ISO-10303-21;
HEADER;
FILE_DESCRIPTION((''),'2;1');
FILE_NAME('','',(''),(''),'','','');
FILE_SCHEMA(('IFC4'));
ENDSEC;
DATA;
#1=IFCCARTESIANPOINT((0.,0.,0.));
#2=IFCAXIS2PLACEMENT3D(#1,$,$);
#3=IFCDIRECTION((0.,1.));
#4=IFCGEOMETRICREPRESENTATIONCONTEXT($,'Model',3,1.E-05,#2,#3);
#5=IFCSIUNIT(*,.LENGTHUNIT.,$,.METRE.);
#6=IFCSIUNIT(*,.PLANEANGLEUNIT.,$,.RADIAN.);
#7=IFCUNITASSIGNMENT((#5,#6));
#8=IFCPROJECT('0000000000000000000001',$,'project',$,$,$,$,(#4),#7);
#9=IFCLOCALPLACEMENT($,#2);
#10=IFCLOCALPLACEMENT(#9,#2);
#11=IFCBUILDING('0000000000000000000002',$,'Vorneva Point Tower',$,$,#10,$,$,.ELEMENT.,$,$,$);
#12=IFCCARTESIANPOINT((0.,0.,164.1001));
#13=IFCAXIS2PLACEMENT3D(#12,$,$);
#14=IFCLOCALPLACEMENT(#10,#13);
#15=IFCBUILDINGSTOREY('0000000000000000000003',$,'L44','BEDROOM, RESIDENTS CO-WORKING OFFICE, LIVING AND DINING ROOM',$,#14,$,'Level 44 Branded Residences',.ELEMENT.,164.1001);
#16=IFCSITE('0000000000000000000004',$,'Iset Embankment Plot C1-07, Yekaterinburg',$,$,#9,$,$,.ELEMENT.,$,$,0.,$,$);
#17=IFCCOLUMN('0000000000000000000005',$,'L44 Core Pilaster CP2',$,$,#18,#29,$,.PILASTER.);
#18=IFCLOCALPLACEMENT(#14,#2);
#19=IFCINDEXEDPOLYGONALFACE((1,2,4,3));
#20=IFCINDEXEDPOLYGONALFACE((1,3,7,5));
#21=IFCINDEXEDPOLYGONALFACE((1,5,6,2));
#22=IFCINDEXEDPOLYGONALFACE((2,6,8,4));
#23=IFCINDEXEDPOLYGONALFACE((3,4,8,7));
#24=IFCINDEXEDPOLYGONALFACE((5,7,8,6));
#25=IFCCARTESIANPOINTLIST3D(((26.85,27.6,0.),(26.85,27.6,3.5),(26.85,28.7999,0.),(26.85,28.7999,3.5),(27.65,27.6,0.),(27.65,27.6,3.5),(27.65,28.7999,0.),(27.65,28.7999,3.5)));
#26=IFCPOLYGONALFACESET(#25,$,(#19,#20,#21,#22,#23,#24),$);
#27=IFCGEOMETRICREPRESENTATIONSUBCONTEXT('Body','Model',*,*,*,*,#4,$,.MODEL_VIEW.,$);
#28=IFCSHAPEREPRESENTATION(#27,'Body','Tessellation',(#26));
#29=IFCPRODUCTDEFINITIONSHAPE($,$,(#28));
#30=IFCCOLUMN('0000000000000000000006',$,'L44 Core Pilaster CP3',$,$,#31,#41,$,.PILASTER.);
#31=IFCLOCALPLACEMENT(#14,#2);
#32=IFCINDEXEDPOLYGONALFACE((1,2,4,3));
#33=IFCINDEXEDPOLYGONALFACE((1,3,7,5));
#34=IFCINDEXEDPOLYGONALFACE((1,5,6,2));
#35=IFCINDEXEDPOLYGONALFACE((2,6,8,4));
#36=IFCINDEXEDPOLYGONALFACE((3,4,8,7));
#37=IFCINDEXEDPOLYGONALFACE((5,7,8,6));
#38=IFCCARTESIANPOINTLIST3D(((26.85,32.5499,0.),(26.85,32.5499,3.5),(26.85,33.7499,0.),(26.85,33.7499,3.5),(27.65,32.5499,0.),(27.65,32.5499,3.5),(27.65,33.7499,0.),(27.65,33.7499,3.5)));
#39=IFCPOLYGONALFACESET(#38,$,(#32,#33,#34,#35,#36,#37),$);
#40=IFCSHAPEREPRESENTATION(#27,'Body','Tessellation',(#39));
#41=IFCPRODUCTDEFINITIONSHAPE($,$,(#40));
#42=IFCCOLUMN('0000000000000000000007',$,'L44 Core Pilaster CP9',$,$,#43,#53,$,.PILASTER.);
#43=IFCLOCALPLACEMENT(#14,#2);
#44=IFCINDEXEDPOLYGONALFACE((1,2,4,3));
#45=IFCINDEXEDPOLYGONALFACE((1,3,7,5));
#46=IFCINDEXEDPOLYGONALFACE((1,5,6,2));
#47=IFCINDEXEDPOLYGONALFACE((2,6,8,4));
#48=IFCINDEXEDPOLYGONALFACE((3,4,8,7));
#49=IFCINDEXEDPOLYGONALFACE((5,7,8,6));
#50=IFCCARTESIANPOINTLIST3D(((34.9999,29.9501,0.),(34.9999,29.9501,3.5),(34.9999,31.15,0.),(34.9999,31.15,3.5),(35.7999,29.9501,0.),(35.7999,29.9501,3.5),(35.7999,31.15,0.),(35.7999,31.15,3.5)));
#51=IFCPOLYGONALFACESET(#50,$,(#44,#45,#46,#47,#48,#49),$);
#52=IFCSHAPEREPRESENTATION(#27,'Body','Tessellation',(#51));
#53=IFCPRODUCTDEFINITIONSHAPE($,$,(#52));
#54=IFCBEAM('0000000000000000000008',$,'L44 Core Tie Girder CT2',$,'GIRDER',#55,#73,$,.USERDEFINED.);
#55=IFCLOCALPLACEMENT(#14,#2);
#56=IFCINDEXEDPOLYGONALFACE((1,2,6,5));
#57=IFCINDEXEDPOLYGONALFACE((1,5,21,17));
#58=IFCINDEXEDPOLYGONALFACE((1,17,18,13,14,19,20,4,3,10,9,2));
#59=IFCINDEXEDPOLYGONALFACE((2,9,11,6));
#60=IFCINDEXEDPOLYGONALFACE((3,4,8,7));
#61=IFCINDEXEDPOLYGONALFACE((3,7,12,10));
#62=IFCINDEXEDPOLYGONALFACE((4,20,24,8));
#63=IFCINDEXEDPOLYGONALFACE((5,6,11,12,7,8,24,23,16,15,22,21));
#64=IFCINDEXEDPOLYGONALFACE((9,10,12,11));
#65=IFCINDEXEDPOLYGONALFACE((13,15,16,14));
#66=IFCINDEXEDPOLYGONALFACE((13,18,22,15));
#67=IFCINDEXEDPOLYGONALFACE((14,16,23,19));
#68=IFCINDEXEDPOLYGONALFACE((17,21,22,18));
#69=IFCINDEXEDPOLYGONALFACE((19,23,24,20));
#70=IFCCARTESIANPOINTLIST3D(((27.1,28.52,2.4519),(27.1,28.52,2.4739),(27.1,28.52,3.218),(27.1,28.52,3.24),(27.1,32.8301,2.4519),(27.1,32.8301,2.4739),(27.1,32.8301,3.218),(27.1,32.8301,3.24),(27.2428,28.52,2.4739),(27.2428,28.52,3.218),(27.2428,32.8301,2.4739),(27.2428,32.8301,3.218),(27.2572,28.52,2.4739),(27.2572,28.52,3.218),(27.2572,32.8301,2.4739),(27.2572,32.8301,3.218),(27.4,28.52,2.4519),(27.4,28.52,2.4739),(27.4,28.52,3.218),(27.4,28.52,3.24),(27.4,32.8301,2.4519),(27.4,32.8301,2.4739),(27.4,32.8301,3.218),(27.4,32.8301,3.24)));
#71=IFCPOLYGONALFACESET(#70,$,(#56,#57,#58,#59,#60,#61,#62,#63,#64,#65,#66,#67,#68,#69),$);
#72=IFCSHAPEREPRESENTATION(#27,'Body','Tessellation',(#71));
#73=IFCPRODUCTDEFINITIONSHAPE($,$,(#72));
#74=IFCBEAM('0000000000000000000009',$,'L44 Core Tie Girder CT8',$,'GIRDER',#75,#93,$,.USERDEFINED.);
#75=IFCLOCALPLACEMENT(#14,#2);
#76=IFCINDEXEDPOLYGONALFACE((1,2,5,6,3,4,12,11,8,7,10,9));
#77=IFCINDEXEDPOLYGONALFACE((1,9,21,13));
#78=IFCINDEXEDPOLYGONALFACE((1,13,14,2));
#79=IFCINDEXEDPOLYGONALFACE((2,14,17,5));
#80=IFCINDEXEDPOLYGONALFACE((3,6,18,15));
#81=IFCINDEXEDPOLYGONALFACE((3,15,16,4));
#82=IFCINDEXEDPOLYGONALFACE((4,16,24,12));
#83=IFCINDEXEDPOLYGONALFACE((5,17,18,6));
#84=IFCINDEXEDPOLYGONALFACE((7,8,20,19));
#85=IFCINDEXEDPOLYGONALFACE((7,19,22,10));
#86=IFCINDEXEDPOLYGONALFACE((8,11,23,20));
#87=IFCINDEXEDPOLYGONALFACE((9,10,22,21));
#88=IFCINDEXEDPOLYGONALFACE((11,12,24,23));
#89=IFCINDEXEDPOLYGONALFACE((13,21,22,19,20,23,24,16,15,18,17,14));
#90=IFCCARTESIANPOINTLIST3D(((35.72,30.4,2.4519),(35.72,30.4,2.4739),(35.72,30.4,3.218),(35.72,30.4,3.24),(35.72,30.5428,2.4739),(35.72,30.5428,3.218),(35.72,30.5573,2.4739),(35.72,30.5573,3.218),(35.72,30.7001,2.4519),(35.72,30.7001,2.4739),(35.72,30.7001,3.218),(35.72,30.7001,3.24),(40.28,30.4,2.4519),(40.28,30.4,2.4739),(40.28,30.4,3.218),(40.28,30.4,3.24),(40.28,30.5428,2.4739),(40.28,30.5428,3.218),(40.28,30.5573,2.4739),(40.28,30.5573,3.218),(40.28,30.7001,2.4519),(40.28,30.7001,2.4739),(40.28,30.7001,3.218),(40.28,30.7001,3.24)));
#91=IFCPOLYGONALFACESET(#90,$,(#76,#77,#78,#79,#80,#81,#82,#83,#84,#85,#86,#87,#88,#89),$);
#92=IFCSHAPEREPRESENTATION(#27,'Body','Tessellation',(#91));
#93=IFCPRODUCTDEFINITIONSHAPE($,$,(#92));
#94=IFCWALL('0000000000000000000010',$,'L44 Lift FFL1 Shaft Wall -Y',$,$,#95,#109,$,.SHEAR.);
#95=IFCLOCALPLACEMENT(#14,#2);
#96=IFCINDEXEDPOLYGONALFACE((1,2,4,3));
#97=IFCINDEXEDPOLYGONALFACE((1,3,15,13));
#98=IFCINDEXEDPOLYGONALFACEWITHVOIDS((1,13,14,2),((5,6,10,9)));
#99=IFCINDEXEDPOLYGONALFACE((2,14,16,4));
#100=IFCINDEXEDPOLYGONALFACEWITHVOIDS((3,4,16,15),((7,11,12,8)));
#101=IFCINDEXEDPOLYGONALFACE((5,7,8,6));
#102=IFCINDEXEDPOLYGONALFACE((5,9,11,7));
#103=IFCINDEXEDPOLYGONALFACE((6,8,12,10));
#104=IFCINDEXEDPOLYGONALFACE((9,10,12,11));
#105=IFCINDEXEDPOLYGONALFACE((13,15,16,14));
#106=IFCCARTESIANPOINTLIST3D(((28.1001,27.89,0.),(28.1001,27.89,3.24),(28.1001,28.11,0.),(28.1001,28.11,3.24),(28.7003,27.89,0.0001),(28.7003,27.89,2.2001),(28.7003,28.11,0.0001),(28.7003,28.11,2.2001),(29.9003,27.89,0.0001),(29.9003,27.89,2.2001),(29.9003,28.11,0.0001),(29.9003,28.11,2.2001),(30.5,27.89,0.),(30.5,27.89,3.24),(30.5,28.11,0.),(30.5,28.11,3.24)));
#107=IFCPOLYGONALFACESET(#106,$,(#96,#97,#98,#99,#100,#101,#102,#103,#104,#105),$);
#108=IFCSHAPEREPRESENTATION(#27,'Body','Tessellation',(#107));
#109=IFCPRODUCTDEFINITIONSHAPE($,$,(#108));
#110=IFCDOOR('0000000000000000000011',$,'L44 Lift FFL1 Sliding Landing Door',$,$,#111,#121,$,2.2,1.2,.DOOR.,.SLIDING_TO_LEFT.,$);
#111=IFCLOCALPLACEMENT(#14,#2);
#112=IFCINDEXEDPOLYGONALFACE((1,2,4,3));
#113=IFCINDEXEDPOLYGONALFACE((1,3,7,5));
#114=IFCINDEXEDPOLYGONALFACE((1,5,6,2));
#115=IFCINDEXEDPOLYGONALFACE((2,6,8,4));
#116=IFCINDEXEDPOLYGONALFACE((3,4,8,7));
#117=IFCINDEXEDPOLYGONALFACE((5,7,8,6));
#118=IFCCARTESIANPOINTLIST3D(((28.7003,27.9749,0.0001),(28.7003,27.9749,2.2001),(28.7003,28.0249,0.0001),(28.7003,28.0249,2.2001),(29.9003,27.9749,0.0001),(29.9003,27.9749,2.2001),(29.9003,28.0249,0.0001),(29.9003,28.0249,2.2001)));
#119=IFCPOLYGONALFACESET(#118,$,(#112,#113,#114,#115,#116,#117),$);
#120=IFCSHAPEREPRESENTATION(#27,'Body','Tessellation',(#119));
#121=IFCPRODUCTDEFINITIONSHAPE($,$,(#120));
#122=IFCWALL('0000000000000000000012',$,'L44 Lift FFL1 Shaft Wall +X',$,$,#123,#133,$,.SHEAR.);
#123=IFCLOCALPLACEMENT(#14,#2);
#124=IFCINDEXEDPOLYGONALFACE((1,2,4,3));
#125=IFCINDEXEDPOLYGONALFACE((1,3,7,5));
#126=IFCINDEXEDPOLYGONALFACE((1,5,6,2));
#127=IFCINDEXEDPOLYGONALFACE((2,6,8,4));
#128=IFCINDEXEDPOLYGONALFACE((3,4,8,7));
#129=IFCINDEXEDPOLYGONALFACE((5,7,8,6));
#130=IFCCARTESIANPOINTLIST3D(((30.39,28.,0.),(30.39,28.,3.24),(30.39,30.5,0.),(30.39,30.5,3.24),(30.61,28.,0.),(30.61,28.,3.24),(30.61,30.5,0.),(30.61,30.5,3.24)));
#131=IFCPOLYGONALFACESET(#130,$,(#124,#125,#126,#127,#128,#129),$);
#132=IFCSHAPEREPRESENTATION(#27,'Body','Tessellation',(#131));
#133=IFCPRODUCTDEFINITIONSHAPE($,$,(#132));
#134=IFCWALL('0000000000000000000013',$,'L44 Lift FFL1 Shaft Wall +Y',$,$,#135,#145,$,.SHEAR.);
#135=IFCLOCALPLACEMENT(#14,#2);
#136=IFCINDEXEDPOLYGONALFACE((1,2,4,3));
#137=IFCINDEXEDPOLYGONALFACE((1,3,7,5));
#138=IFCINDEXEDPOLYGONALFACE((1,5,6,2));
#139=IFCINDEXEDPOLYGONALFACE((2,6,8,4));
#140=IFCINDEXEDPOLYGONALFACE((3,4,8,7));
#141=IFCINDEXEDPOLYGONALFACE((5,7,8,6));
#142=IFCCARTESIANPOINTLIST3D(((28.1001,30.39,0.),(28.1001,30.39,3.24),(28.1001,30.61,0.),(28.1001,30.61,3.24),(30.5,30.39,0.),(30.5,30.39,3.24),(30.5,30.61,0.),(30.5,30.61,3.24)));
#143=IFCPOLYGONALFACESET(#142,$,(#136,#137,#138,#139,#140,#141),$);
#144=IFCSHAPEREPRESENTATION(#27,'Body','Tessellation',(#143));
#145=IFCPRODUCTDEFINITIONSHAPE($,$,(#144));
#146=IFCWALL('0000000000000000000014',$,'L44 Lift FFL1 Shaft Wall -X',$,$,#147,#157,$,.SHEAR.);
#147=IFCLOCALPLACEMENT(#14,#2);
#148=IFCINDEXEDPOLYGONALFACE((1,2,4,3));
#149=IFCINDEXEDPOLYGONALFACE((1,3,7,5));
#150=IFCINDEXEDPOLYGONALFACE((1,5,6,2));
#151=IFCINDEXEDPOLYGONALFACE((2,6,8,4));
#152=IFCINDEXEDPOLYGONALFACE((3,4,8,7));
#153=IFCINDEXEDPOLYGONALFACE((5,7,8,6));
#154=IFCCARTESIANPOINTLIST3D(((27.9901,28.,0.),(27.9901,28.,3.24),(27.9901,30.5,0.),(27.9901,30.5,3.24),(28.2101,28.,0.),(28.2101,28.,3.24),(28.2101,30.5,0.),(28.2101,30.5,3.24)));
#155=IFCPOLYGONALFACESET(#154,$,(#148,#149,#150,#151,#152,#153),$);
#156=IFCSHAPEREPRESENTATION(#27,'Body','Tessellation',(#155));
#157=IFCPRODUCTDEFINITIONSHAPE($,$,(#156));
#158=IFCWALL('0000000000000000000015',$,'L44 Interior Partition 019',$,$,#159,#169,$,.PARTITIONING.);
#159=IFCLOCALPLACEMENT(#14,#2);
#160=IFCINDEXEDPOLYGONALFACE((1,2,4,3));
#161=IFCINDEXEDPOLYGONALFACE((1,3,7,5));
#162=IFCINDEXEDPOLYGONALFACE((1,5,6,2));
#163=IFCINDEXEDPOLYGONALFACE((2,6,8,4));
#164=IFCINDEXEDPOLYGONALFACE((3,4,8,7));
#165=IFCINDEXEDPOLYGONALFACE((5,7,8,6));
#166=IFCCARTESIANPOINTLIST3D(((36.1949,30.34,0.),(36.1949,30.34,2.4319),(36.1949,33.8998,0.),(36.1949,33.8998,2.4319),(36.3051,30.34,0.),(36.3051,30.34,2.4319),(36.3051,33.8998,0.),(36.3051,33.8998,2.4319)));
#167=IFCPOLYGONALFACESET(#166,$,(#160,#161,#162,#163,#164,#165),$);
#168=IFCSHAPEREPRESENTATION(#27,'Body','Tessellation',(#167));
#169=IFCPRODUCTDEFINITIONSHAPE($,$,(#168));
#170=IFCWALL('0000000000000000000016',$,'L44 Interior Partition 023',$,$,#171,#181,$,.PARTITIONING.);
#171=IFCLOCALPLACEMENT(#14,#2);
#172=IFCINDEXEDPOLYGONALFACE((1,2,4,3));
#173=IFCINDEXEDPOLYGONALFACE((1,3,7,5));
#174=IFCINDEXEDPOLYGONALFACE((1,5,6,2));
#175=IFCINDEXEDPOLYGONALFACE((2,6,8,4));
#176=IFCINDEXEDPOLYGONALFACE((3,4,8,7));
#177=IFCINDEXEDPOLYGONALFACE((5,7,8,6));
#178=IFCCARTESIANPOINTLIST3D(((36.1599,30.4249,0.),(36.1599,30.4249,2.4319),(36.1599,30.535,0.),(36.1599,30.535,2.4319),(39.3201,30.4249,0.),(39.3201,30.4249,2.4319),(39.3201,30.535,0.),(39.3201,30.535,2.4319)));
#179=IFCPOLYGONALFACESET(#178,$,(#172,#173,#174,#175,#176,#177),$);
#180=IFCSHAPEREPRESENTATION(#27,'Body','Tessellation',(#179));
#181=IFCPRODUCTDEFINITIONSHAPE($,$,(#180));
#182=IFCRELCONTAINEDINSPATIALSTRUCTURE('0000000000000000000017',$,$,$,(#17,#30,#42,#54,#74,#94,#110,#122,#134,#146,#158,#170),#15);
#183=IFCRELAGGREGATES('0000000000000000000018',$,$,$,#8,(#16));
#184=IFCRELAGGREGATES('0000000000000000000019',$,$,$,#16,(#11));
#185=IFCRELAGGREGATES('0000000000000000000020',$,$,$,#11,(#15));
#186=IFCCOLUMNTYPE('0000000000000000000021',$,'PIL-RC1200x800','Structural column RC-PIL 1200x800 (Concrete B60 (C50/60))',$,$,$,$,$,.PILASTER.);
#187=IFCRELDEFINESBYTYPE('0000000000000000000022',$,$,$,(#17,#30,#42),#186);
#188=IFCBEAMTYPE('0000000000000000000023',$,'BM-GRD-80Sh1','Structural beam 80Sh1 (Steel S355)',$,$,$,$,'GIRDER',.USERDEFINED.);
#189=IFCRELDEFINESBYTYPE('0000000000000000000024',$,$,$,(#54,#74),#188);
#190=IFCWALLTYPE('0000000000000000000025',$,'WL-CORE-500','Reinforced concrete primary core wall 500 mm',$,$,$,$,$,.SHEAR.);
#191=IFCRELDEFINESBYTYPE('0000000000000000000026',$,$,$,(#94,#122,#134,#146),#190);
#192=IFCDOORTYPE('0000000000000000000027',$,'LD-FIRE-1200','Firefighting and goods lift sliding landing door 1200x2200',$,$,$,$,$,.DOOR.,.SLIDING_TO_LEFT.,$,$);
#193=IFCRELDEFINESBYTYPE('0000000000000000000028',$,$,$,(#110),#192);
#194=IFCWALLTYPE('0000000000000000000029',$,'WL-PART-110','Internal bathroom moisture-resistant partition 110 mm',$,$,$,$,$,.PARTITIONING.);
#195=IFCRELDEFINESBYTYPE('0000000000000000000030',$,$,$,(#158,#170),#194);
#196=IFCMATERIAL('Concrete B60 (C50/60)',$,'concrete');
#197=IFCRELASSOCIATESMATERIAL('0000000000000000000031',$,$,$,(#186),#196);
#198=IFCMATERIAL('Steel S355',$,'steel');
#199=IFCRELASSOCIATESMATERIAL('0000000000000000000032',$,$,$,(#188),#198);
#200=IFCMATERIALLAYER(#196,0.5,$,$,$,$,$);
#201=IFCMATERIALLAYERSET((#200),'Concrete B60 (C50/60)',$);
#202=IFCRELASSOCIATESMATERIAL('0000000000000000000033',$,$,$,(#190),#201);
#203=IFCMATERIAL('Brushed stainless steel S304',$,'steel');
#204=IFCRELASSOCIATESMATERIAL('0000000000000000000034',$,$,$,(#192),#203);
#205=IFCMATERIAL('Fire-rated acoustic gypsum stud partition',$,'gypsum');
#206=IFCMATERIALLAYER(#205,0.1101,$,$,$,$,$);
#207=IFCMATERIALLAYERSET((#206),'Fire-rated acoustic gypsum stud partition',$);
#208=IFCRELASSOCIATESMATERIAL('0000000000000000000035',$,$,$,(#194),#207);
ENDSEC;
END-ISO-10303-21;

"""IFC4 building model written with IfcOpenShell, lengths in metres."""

from ifc_helpers import new_model, si_unit, direction, frame, frame_2d, origin, origin_2d, place, context, subcontext, project, spatial, rectangle, i_section, extrude, material, layer, layer_set, material_profile, profile_set, type_object, element, fill, save


model = new_model("IFC4")

# Units and contexts
model_context = context("Model", 3, precision=1e-05, world=origin(), true_north=direction((0.0, 1.0)))
body_context = subcontext(model_context, "Body", "Model", "MODEL_VIEW")
ifc_project = project(units=[si_unit("LENGTHUNIT", "METRE"), si_unit("PLANEANGLEUNIT", "RADIAN")], contexts=[model_context])

# Site, building, storey
site_placement = place(None, origin())
site = spatial("IfcSite", under=ifc_project, at=site_placement, Name="Iset Embankment Plot C1-07, Yekaterinburg", CompositionType="ELEMENT", RefElevation=0.0)
building_placement = place(site_placement, origin())
building = spatial("IfcBuilding", under=site, at=building_placement, Name="Vorneva Point Tower", CompositionType="ELEMENT")
storey_placement = place(building_placement, frame((0.0, 0.0, 164.1001)))
storey = spatial("IfcBuildingStorey", under=building, at=storey_placement, Name="L44", Description="BEDROOM, RESIDENTS CO-WORKING OFFICE, LIVING AND DINING ROOM", LongName="Level 44 Branded Residences", CompositionType="ELEMENT", Elevation=164.1001)

# Columns
ifc_material_1 = material(Name="Concrete B60 (C50/60)", Category="concrete")
ifc_material_profile_1 = material_profile(ifc_material_1, rectangle(XDim=0.8, YDim=1.2, at=origin_2d()), Name="RC-PIL 1200x800")
ifc_profile_set_1 = profile_set([ifc_material_profile_1], Name="Concrete B60 (C50/60)")
column_type = type_object("IfcColumnType", Name="PIL-RC1200x800", Description="Structural column RC-PIL 1200x800 (Concrete B60 (C50/60))", PredefinedType="PILASTER", material=ifc_profile_set_1)
for number, where, z_axis, x_axis, name in (
    (1, (27.25, 28.2, 0.0), (0.0, 0.0, 1.0), (1.0, 0.0, 0.0), "L44 Core Pilaster CP2"),
    (2, (27.25, 33.1499, 0.0), (0.0, 0.0, 1.0), (1.0, 0.0, 0.0), "L44 Core Pilaster CP3"),
    (3, (35.3999, 30.55, 0.0), (0.0, 0.0, 1.0), (1.0, 0.0, 0.0), "L44 Core Pilaster CP9"),
):
    element("IfcColumn", number, at=place(storey_placement, frame(where, z_axis=z_axis, x_axis=x_axis)), inside=storey, type_object=column_type, Name=name, PredefinedType="PILASTER", context=body_context, shape_type="SweptSolid", body=[
        extrude(rectangle(XDim=0.8, YDim=1.2, at=origin_2d()), origin(), (0.0, 0.0, 1.0), 3.5),
    ])

# Beams
ifc_material_2 = material(Name="Steel S355", Category="steel")
ifc_material_profile_2 = material_profile(ifc_material_2, i_section(OverallWidth=0.3, OverallDepth=0.7881, WebThickness=0.0144, FlangeThickness=0.022, at=origin_2d()), Name="80Sh1")
ifc_profile_set_2 = profile_set([ifc_material_profile_2], Name="Steel S355")
beam_type = type_object("IfcBeamType", Name="BM-GRD-80Sh1", Description="Structural beam 80Sh1 (Steel S355)", ElementType="GIRDER", PredefinedType="USERDEFINED", material=ifc_profile_set_2)
beam_1_placement = place(storey_placement, frame((27.25, 28.52, 2.8459), z_axis=(0.0, 1.0, 0.0), x_axis=(-1.0, 0.0, 0.0)))
element("IfcBeam", 4, at=beam_1_placement, inside=storey, type_object=beam_type, Name="L44 Core Tie Girder CT2", ObjectType="GIRDER", PredefinedType="USERDEFINED", context=body_context, shape_type="SweptSolid", body=[
    extrude(i_section(OverallWidth=0.3, OverallDepth=0.7881, WebThickness=0.0144, FlangeThickness=0.022, at=origin_2d()), origin(), (0.0, 0.0, 1.0), 4.3101),
])
beam_2_placement = place(storey_placement, frame((35.72, 30.55, 2.8459), z_axis=(1.0, 0.0, 0.0), x_axis=(0.0, 1.0, 0.0)))
element("IfcBeam", 5, at=beam_2_placement, inside=storey, type_object=beam_type, Name="L44 Core Tie Girder CT8", ObjectType="GIRDER", PredefinedType="USERDEFINED", context=body_context, shape_type="SweptSolid", body=[
    extrude(i_section(OverallWidth=0.3, OverallDepth=0.7881, WebThickness=0.0144, FlangeThickness=0.022, at=origin_2d()), origin(), (0.0, 0.0, 1.0), 4.5601),
])

# Wall, opening, door
ifc_layer_1 = layer(ifc_material_1, 0.5)
ifc_layer_set_1 = layer_set([ifc_layer_1], Name="Concrete B60 (C50/60)")
wall_type_1 = type_object("IfcWallType", Name="WL-CORE-500", Description="Reinforced concrete primary core wall 500 mm", PredefinedType="SHEAR", material=ifc_layer_set_1)
wall_1_placement = place(storey_placement, frame((28.1001, 28.0, 0.0), z_axis=(0.0, 0.0, 1.0), x_axis=(1.0, 0.0, 0.0)))
wall_1 = element("IfcWall", 6, at=wall_1_placement, inside=storey, type_object=wall_type_1, Name="L44 Lift FFL1 Shaft Wall -Y", PredefinedType="SHEAR", context=body_context, shape_type="SweptSolid", body=[
    extrude(rectangle(XDim=2.3999, YDim=0.22, at=frame_2d((1.2, 0.0))), origin(), (0.0, 0.0, 1.0), 3.24),
])
opening_1_placement = place(wall_1_placement, frame((0.6001, 0.0, 0.0)))
opening_1 = element("IfcOpeningElement", 7, at=opening_1_placement, cuts=wall_1, PredefinedType="OPENING", context=body_context, shape_type="SweptSolid", body=[
    extrude(rectangle(XDim=1.2, YDim=2.2, at=frame_2d((0.6001, 1.1001))), frame((0.0, 0.125, 0.0), z_axis=(0.0, -1.0, 0.0), x_axis=(1.0, 0.0, 0.0)), (0.0, 0.0, 1.0), 0.2498),
])
ifc_material_3 = material(Name="Brushed stainless steel S304", Category="steel")
door_type_1 = type_object("IfcDoorType", Name="LD-FIRE-1200", Description="Firefighting and goods lift sliding landing door 1200x2200", OperationType="SLIDING_TO_LEFT", PredefinedType="DOOR", material=ifc_material_3)
door_1_placement = place(opening_1_placement, origin())
door_1 = element("IfcDoor", 8, at=door_1_placement, inside=storey, type_object=door_type_1, Name="L44 Lift FFL1 Sliding Landing Door", OperationType="SLIDING_TO_LEFT", OverallHeight=2.2, OverallWidth=1.2, PredefinedType="DOOR", context=body_context, shape_type="SweptSolid", body=[
    extrude(rectangle(XDim=1.2, YDim=2.2, at=frame_2d((0.6001, 1.1001))), frame((0.0, 0.0249, 0.0), z_axis=(0.0, -1.0, 0.0), x_axis=(1.0, 0.0, 0.0)), (0.0, 0.0, 1.0), 0.05),
])
fill(opening_1, door_1)

# Walls
wall_2_placement = place(storey_placement, frame((30.5, 28.0, 0.0), z_axis=(0.0, 0.0, 1.0), x_axis=(0.0, 1.0, 0.0)))
element("IfcWall", 9, at=wall_2_placement, inside=storey, type_object=wall_type_1, Name="L44 Lift FFL1 Shaft Wall +X", PredefinedType="SHEAR", context=body_context, shape_type="SweptSolid", body=[
    extrude(rectangle(XDim=2.5, YDim=0.22, at=frame_2d((1.25, 0.0))), origin(), (0.0, 0.0, 1.0), 3.24),
])
wall_3_placement = place(storey_placement, frame((30.5, 30.5, 0.0), z_axis=(0.0, 0.0, 1.0), x_axis=(-1.0, 0.0, 0.0)))
element("IfcWall", 10, at=wall_3_placement, inside=storey, type_object=wall_type_1, Name="L44 Lift FFL1 Shaft Wall +Y", PredefinedType="SHEAR", context=body_context, shape_type="SweptSolid", body=[
    extrude(rectangle(XDim=2.3999, YDim=0.22, at=frame_2d((1.2, 0.0))), origin(), (0.0, 0.0, 1.0), 3.24),
])
wall_4_placement = place(storey_placement, frame((28.1001, 30.5, 0.0), z_axis=(0.0, 0.0, 1.0), x_axis=(0.0, -1.0, 0.0)))
element("IfcWall", 11, at=wall_4_placement, inside=storey, type_object=wall_type_1, Name="L44 Lift FFL1 Shaft Wall -X", PredefinedType="SHEAR", context=body_context, shape_type="SweptSolid", body=[
    extrude(rectangle(XDim=2.5, YDim=0.22, at=frame_2d((1.25, 0.0))), origin(), (0.0, 0.0, 1.0), 3.24),
])
ifc_material_4 = material(Name="Fire-rated acoustic gypsum stud partition", Category="gypsum")
ifc_layer_2 = layer(ifc_material_4, 0.1101)
ifc_layer_set_2 = layer_set([ifc_layer_2], Name="Fire-rated acoustic gypsum stud partition")
wall_type_2 = type_object("IfcWallType", Name="WL-PART-110", Description="Internal bathroom moisture-resistant partition 110 mm", PredefinedType="PARTITIONING", material=ifc_layer_set_2)
wall_5_placement = place(storey_placement, frame((36.25, 30.3401, 0.0), z_axis=(0.0, 0.0, 1.0), x_axis=(0.0, 1.0, 0.0)))
element("IfcWall", 12, at=wall_5_placement, inside=storey, type_object=wall_type_2, Name="L44 Interior Partition 019", PredefinedType="PARTITIONING", context=body_context, shape_type="SweptSolid", body=[
    extrude(rectangle(XDim=3.5598, YDim=0.1101, at=frame_2d((1.7798, 0.0))), origin(), (0.0, 0.0, 1.0), 2.4319),
])
wall_6_placement = place(storey_placement, frame((36.1599, 30.48, 0.0), z_axis=(0.0, 0.0, 1.0), x_axis=(1.0, 0.0, 0.0)))
element("IfcWall", 13, at=wall_6_placement, inside=storey, type_object=wall_type_2, Name="L44 Interior Partition 023", PredefinedType="PARTITIONING", context=body_context, shape_type="SweptSolid", body=[
    extrude(rectangle(XDim=3.1602, YDim=0.1101, at=frame_2d((1.5801, 0.0))), origin(), (0.0, 0.0, 1.0), 2.4319),
])

save(model, "model.ifc")
